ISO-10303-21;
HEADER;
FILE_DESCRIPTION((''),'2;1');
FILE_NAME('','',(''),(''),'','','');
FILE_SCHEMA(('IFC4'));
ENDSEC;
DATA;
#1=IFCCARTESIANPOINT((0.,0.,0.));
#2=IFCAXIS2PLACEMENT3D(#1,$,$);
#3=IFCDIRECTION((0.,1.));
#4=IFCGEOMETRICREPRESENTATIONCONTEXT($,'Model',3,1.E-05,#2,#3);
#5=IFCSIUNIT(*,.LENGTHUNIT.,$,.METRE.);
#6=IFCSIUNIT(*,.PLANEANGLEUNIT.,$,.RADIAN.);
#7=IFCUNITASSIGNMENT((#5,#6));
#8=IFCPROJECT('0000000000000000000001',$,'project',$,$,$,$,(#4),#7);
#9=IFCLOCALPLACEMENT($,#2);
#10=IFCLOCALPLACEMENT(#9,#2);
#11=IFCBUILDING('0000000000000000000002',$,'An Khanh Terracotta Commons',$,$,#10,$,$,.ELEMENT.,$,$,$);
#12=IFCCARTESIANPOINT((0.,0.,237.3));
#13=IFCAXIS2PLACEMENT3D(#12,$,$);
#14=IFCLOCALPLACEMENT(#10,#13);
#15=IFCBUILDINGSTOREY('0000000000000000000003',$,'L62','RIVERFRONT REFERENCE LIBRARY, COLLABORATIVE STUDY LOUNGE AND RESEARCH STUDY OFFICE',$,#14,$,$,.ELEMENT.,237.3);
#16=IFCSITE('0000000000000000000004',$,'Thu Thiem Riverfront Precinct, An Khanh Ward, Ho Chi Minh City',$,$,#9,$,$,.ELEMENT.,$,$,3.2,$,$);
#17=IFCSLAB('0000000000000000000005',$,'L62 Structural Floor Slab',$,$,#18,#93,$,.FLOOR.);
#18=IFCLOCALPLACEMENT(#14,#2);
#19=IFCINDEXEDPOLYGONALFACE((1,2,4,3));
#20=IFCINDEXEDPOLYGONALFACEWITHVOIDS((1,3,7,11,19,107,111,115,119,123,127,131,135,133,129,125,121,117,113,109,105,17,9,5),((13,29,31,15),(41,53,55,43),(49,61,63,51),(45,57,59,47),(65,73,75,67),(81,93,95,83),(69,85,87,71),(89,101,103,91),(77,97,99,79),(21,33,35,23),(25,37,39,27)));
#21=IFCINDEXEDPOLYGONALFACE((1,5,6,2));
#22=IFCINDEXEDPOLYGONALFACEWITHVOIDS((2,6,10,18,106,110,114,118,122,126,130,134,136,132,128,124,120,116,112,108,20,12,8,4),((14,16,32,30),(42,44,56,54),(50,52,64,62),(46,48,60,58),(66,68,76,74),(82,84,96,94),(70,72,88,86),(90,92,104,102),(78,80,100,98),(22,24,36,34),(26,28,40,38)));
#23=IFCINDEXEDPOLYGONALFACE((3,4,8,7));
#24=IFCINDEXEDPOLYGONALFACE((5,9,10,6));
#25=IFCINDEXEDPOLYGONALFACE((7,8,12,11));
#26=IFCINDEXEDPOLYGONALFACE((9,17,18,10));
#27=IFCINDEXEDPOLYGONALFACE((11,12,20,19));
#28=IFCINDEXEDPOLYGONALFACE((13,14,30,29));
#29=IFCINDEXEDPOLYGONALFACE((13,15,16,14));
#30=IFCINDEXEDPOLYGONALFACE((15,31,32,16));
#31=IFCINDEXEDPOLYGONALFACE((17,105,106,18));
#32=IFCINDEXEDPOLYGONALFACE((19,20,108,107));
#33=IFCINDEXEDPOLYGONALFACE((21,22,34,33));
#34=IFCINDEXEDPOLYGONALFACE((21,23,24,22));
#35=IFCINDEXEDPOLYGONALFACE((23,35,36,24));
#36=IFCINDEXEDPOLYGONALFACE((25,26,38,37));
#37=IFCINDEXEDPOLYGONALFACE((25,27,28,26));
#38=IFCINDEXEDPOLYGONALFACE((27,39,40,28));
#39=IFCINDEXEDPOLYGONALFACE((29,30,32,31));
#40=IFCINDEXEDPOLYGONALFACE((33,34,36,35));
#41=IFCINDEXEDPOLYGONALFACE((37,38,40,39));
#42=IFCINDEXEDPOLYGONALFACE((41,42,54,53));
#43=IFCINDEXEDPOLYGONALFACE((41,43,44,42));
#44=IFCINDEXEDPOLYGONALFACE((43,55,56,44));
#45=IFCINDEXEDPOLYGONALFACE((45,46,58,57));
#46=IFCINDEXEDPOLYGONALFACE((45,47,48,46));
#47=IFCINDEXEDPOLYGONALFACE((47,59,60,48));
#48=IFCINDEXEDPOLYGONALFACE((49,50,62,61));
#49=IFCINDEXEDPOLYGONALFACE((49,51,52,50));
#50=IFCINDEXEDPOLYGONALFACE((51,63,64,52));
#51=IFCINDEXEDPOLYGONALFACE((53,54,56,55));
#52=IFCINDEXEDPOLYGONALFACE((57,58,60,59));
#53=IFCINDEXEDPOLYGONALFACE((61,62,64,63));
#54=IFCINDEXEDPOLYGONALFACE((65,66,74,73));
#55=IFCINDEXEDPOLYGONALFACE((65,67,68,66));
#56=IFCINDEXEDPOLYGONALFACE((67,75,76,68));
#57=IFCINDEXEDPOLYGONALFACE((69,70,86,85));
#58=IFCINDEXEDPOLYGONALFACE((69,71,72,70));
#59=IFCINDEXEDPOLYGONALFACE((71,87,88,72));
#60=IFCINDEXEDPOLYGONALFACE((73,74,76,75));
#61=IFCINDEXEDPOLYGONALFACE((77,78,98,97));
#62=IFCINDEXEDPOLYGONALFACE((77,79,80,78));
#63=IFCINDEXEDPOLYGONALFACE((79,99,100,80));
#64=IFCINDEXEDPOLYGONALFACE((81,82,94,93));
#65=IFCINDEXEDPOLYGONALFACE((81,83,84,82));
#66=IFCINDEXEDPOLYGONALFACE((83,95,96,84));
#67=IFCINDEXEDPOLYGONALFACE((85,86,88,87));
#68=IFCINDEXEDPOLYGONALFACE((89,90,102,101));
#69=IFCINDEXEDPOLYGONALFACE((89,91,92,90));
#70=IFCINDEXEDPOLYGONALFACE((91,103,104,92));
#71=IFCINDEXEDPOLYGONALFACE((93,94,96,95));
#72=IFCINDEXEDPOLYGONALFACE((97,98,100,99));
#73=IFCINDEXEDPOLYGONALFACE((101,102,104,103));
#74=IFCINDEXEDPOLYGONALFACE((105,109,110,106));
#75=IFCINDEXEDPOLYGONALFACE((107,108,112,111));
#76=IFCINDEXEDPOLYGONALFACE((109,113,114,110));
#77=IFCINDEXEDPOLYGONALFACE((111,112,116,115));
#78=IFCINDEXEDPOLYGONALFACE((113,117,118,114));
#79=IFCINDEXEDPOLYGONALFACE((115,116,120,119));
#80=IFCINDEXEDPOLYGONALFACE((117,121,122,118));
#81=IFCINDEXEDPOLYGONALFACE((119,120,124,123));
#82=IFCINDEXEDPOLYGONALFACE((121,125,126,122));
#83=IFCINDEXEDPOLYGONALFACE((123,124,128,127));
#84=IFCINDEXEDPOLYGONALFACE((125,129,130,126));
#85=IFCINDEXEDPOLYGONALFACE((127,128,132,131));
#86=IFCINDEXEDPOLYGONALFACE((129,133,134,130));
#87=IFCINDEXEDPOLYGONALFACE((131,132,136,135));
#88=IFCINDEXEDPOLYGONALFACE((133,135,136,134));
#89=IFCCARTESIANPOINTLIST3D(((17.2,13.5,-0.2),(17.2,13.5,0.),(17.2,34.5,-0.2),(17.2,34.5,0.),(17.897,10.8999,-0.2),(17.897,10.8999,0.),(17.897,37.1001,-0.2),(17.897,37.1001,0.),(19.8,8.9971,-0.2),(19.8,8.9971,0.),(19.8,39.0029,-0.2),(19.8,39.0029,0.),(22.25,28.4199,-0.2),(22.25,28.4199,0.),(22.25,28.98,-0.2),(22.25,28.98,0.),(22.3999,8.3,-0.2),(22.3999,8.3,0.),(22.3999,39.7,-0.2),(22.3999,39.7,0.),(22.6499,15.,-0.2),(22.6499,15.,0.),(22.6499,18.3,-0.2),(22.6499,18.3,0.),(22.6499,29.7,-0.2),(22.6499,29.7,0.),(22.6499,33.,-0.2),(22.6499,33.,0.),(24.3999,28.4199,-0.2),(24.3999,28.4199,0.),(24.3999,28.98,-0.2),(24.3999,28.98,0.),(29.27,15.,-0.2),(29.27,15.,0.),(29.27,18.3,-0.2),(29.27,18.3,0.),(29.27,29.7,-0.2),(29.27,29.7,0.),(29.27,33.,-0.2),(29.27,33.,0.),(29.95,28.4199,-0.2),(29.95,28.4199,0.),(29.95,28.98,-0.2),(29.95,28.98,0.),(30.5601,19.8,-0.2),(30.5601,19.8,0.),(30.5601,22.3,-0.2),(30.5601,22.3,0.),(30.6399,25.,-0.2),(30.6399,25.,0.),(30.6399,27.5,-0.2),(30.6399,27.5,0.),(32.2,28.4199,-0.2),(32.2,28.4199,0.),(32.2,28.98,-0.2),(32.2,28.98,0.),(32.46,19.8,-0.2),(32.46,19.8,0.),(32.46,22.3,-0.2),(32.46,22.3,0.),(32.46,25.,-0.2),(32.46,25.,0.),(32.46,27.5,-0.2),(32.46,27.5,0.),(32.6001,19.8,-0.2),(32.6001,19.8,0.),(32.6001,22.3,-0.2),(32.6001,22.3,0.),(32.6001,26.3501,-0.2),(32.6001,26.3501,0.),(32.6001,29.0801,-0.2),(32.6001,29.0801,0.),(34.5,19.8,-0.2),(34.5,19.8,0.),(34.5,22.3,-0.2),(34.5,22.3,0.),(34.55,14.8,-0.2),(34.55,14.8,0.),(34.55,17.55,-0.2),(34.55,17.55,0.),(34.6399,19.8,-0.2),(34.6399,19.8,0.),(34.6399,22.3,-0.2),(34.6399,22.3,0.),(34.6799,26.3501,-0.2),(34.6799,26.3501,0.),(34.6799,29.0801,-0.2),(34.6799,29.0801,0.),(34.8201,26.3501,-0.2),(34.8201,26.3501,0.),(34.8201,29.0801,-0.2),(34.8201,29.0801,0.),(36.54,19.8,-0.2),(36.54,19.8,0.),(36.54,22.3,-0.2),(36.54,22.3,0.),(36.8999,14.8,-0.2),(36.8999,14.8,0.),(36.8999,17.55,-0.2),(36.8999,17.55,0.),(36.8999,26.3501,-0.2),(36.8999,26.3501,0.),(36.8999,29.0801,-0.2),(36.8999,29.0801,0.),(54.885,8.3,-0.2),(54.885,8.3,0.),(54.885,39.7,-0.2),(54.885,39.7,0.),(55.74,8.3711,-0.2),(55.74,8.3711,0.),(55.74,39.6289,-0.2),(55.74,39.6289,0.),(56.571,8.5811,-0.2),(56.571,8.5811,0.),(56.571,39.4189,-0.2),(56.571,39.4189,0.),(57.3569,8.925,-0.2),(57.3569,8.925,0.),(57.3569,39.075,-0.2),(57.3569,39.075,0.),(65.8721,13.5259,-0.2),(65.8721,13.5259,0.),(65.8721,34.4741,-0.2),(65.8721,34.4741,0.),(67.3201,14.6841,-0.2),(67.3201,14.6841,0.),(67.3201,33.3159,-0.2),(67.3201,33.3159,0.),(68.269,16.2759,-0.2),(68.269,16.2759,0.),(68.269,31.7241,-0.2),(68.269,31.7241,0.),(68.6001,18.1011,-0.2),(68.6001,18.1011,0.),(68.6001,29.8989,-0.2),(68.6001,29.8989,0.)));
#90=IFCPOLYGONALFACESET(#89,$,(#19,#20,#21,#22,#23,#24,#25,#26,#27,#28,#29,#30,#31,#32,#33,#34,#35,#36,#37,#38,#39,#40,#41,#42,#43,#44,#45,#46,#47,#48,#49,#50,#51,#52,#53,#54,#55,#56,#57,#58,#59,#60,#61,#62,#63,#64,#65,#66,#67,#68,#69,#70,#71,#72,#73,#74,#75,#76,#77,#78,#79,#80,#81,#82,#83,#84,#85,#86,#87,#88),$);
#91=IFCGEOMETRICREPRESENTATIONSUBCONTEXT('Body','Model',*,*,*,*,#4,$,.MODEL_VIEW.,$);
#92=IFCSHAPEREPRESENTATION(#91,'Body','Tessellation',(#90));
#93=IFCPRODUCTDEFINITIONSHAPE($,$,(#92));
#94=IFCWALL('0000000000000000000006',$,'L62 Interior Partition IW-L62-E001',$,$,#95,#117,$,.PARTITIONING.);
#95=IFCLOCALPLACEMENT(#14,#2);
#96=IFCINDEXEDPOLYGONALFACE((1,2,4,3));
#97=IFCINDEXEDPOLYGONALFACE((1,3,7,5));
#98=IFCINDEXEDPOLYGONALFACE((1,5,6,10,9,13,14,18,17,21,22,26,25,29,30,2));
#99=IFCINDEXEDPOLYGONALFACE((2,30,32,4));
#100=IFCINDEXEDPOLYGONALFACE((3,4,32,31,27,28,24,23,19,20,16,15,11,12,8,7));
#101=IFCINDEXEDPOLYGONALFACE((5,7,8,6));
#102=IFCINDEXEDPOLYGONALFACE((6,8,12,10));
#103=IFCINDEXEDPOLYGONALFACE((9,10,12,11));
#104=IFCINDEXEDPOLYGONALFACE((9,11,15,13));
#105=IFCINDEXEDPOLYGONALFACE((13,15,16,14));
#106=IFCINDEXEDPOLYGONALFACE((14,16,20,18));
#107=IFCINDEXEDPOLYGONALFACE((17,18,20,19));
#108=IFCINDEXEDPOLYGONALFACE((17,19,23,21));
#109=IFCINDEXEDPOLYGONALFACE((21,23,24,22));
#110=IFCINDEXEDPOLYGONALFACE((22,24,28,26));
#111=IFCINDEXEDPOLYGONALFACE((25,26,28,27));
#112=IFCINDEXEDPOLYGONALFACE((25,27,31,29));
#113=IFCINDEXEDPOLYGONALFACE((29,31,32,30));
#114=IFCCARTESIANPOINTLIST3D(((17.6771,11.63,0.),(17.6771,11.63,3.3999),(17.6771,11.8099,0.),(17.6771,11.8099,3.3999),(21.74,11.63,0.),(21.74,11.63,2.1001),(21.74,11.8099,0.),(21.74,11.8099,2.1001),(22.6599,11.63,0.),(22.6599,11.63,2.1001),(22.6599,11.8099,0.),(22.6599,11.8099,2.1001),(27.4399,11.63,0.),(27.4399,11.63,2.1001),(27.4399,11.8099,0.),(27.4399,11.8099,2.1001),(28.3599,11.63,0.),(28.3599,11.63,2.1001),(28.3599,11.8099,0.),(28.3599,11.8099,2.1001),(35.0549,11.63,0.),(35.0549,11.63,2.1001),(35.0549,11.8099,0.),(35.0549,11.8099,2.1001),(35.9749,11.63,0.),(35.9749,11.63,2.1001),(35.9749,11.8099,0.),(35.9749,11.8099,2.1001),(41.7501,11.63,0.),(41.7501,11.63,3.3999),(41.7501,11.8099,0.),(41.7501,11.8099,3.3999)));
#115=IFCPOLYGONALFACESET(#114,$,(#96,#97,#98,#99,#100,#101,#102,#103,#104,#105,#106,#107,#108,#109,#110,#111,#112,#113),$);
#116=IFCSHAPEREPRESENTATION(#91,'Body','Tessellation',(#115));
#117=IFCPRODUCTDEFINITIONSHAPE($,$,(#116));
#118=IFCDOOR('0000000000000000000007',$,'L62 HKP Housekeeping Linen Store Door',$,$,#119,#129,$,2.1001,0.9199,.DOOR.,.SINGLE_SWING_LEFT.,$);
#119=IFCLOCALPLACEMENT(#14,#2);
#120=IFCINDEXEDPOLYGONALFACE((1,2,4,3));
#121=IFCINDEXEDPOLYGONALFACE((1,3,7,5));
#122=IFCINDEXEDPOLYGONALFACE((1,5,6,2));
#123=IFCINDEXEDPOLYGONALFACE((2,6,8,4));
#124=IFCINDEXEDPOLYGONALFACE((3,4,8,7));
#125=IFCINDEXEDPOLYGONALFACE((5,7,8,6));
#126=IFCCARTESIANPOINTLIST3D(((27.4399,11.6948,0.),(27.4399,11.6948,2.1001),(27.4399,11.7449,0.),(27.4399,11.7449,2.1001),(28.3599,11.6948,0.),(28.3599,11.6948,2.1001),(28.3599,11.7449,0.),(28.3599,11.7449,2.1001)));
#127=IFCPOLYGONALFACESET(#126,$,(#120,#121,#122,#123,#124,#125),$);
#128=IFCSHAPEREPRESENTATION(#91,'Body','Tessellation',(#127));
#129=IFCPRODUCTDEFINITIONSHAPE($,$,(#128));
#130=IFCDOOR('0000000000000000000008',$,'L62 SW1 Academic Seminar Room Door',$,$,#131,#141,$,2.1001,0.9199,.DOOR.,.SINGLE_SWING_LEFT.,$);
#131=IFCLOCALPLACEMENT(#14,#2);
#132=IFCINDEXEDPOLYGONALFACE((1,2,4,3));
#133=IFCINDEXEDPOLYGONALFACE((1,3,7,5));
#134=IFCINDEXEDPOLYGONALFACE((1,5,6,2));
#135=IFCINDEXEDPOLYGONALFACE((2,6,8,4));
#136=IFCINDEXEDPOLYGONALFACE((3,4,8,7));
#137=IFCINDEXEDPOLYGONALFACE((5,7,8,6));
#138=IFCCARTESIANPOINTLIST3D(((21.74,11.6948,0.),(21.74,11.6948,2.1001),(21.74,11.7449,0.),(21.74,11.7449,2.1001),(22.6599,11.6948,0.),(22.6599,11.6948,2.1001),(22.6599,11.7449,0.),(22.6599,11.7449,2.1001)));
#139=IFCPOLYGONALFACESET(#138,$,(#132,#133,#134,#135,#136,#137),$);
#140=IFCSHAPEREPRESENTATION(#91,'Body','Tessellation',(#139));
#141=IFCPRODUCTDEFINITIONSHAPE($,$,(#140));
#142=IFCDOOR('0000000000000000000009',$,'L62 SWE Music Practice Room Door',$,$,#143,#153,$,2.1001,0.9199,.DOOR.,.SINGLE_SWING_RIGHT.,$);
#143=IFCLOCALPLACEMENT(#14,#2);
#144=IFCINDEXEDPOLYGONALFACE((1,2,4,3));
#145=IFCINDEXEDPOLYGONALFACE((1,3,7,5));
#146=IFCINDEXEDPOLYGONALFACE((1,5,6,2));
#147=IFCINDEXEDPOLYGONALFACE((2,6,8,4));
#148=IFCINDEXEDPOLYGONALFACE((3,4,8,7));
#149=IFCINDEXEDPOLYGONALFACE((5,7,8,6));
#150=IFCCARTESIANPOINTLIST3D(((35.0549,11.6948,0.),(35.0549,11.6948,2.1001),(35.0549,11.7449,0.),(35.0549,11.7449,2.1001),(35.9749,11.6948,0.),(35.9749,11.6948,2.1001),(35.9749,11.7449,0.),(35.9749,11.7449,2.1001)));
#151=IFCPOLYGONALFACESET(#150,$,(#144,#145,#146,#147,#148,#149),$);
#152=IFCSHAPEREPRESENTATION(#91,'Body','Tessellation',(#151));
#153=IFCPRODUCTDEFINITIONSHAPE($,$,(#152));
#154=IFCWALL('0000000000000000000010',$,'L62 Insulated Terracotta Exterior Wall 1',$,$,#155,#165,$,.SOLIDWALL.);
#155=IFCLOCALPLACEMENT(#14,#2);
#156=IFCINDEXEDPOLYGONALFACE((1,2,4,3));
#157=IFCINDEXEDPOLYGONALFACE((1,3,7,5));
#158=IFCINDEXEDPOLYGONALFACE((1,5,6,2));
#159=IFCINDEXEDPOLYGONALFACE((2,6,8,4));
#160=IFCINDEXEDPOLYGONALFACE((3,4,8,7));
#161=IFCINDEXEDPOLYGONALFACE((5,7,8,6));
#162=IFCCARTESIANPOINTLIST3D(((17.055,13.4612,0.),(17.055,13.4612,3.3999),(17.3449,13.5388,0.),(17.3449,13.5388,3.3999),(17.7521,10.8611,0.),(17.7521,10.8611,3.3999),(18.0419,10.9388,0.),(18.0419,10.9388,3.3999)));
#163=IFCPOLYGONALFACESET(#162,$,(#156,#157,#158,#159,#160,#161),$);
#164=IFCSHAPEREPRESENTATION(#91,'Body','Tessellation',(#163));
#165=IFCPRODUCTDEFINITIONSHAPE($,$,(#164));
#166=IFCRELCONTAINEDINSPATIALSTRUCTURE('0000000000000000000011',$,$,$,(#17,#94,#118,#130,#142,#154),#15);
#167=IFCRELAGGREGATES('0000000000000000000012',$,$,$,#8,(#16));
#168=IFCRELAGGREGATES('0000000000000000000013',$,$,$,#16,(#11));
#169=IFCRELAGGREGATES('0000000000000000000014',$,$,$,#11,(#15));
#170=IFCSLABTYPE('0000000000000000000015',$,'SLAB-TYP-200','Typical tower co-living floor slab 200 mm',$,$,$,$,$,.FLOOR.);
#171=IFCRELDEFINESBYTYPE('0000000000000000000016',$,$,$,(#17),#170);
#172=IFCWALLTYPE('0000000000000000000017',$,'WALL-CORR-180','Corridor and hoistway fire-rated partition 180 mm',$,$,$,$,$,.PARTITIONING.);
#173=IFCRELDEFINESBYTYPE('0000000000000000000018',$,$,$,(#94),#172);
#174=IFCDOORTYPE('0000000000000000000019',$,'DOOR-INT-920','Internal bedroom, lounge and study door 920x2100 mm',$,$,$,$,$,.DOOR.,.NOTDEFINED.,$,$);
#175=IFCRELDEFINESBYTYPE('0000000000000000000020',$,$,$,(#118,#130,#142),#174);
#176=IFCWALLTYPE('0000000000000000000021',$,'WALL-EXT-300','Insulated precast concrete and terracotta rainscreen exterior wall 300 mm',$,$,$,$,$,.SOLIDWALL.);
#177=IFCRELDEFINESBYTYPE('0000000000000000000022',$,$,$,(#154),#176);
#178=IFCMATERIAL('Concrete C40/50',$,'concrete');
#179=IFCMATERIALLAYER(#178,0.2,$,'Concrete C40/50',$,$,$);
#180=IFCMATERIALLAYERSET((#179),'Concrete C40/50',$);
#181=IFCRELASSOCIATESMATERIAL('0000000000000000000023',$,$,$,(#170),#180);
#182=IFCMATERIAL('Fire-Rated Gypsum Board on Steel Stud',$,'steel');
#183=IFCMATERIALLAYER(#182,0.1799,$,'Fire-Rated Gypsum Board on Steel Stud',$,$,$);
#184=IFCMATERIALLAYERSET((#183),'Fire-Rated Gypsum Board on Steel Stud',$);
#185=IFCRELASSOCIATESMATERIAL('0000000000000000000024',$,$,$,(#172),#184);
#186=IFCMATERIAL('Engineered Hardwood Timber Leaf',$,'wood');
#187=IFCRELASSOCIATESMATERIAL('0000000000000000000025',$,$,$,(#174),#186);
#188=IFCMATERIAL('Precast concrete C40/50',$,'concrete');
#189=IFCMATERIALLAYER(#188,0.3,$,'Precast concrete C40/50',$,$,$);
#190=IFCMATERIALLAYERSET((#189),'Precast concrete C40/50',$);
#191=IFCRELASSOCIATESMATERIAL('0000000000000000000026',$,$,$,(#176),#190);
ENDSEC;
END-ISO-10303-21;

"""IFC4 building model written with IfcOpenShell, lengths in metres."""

from ifc_helpers import new_model, si_unit, direction, frame, frame_2d, origin, place, context, subcontext, project, spatial, polyline, rectangle, outline, extrude, material, layer, layer_set, type_object, element, fill, save


model = new_model("IFC4")

# Units and contexts
model_context = context("Model", 3, precision=1e-05, world=origin(), true_north=direction((0.0, 1.0)))
body_context = subcontext(model_context, "Body", "Model", "MODEL_VIEW")
ifc_project = project(units=[si_unit("LENGTHUNIT", "METRE"), si_unit("PLANEANGLEUNIT", "RADIAN")], contexts=[model_context])

# Site, building, storey
site_placement = place(None, origin())
site = spatial("IfcSite", under=ifc_project, at=site_placement, Name="Thu Thiem Riverfront Precinct, An Khanh Ward, Ho Chi Minh City", CompositionType="ELEMENT", RefElevation=3.2)
building_placement = place(site_placement, origin())
building = spatial("IfcBuilding", under=site, at=building_placement, Name="An Khanh Terracotta Commons", CompositionType="ELEMENT")
storey_placement = place(building_placement, frame((0.0, 0.0, 237.3)))
storey = spatial("IfcBuildingStorey", under=building, at=storey_placement, Name="L62", Description="RIVERFRONT REFERENCE LIBRARY, COLLABORATIVE STUDY LOUNGE AND RESEARCH STUDY OFFICE", CompositionType="ELEMENT", Elevation=237.3)

# Shared definitions
ifc_material_1 = material(Name="Concrete C40/50", Category="concrete")

# Shared definitions
ifc_material_2 = material(Name="Precast concrete C40/50", Category="concrete")

# Slab
ifc_layer_1 = layer(ifc_material_1, 0.2, Name="Concrete C40/50")
ifc_layer_set_1 = layer_set([ifc_layer_1], Name="Concrete C40/50")
slab_type_1 = type_object("IfcSlabType", Name="SLAB-TYP-200", Description="Typical tower co-living floor slab 200 mm", PredefinedType="FLOOR", material=ifc_layer_set_1)
slab_1_placement = place(storey_placement, frame((0.0, 0.0, -0.2)))
element("IfcSlab", 1, at=slab_1_placement, inside=storey, type_object=slab_type_1, Name="L62 Structural Floor Slab", PredefinedType="FLOOR", context=body_context, shape_type="SweptSolid", body=[
    extrude(outline(polyline([(17.2, 13.5), (17.897, 10.8999), (19.8, 8.9971), (22.3999, 8.3), (54.885, 8.3), (55.74, 8.3711), (56.571, 8.5811), (57.3569, 8.925), (65.8721, 13.5259), (67.3201, 14.6841), (68.269, 16.2759), (68.6001, 18.1011), (68.6001, 29.8989), (68.269, 31.7241), (67.3201, 33.3159), (65.8721, 34.4741), (57.3569, 39.075), (56.571, 39.4189), (55.74, 39.6289), (54.885, 39.7), (22.3999, 39.7), (19.8, 39.0029), (17.897, 37.1001), (17.2, 34.5), (17.2, 13.5)]), holes=[polyline([(22.6499, 29.7), (29.27, 29.7), (29.27, 33.0), (22.6499, 33.0), (22.6499, 29.7)]), polyline([(22.6499, 15.0), (29.27, 15.0), (29.27, 18.3), (22.6499, 18.3), (22.6499, 15.0)]), polyline([(32.6001, 26.3501), (34.6799, 26.3501), (34.6799, 29.0801), (32.6001, 29.0801), (32.6001, 26.3501)]), polyline([(34.8201, 26.3501), (36.8999, 26.3501), (36.8999, 29.0801), (34.8201, 29.0801), (34.8201, 26.3501)]), polyline([(34.55, 14.8), (36.8999, 14.8), (36.8999, 17.55), (34.55, 17.55), (34.55, 14.8)]), polyline([(30.6399, 25.0), (32.46, 25.0), (32.46, 27.5), (30.6399, 27.5), (30.6399, 25.0)]), polyline([(30.5601, 19.8), (32.46, 19.8), (32.46, 22.3), (30.5601, 22.3), (30.5601, 19.8)]), polyline([(32.6001, 19.8), (34.5, 19.8), (34.5, 22.3), (32.6001, 22.3), (32.6001, 19.8)]), polyline([(34.6399, 19.8), (36.54, 19.8), (36.54, 22.3), (34.6399, 22.3), (34.6399, 19.8)]), polyline([(22.25, 28.4199), (24.3999, 28.4199), (24.3999, 28.98), (22.25, 28.98), (22.25, 28.4199)]), polyline([(29.95, 28.4199), (32.2, 28.4199), (32.2, 28.98), (29.95, 28.98), (29.95, 28.4199)])]), origin(), (0.0, 0.0, 1.0), 0.2),
])

# Wall, openings, doors
ifc_material_3 = material(Name="Fire-Rated Gypsum Board on Steel Stud", Category="steel")
ifc_layer_2 = layer(ifc_material_3, 0.1799, Name="Fire-Rated Gypsum Board on Steel Stud")
ifc_layer_set_2 = layer_set([ifc_layer_2], Name="Fire-Rated Gypsum Board on Steel Stud")
wall_type_1 = type_object("IfcWallType", Name="WALL-CORR-180", Description="Corridor and hoistway fire-rated partition 180 mm", PredefinedType="PARTITIONING", material=ifc_layer_set_2)
wall_1_placement = place(storey_placement, frame((17.677, 11.72, 0.0), z_axis=(0.0, 0.0, 1.0), x_axis=(1.0, 0.0, 0.0)))
wall_1 = element("IfcWall", 2, at=wall_1_placement, inside=storey, type_object=wall_type_1, Name="L62 Interior Partition IW-L62-E001", PredefinedType="PARTITIONING", context=body_context, shape_type="SweptSolid", body=[
    extrude(rectangle(XDim=24.073, YDim=0.1799, at=frame_2d((12.0366, 0.0))), origin(), (0.0, 0.0, 1.0), 3.3999),
])
opening_1_placement = place(wall_1_placement, frame((9.7629, 0.0, 0.0)))
opening_1 = element("IfcOpeningElement", 3, at=opening_1_placement, cuts=wall_1, PredefinedType="OPENING", context=body_context, shape_type="SweptSolid", body=[
    extrude(rectangle(XDim=0.9199, YDim=2.1001, at=frame_2d((0.46, 1.05))), frame((0.0, 0.0999, 0.0), z_axis=(0.0, -1.0, 0.0), x_axis=(1.0, 0.0, 0.0)), (0.0, 0.0, 1.0), 0.2),
])
opening_2_placement = place(wall_1_placement, frame((4.063, 0.0, 0.0)))
opening_2 = element("IfcOpeningElement", 4, at=opening_2_placement, cuts=wall_1, PredefinedType="OPENING", context=body_context, shape_type="SweptSolid", body=[
    extrude(rectangle(XDim=0.9199, YDim=2.1001, at=frame_2d((0.46, 1.05))), frame((0.0, 0.0999, 0.0), z_axis=(0.0, -1.0, 0.0), x_axis=(1.0, 0.0, 0.0)), (0.0, 0.0, 1.0), 0.2),
])
opening_3_placement = place(wall_1_placement, frame((17.3779, 0.0, 0.0)))
opening_3 = element("IfcOpeningElement", 5, at=opening_3_placement, cuts=wall_1, PredefinedType="OPENING", context=body_context, shape_type="SweptSolid", body=[
    extrude(rectangle(XDim=0.9199, YDim=2.1001, at=frame_2d((0.46, 1.05))), frame((0.0, 0.0999, 0.0), z_axis=(0.0, -1.0, 0.0), x_axis=(1.0, 0.0, 0.0)), (0.0, 0.0, 1.0), 0.2),
])
ifc_material_4 = material(Name="Engineered Hardwood Timber Leaf", Category="wood")
door_type = type_object("IfcDoorType", Name="DOOR-INT-920", Description="Internal bedroom, lounge and study door 920x2100 mm", OperationType="NOTDEFINED", PredefinedType="DOOR", material=ifc_material_4)
door_1_placement = place(opening_1_placement, origin())
door_1 = element("IfcDoor", 6, at=door_1_placement, inside=storey, type_object=door_type, Name="L62 HKP Housekeeping Linen Store Door", OperationType="SINGLE_SWING_LEFT", OverallHeight=2.1001, OverallWidth=0.9199, PredefinedType="DOOR", context=body_context, shape_type="SweptSolid", body=[
    extrude(rectangle(XDim=0.9199, YDim=2.1001, at=frame_2d((0.46, 1.05))), frame((0.0, 0.0249, 0.0), z_axis=(0.0, -1.0, 0.0), x_axis=(1.0, 0.0, 0.0)), (0.0, 0.0, 1.0), 0.05),
])
fill(opening_1, door_1)
door_2_placement = place(opening_2_placement, origin())
door_2 = element("IfcDoor", 7, at=door_2_placement, inside=storey, type_object=door_type, Name="L62 SW1 Academic Seminar Room Door", OperationType="SINGLE_SWING_LEFT", OverallHeight=2.1001, OverallWidth=0.9199, PredefinedType="DOOR", context=body_context, shape_type="SweptSolid", body=[
    extrude(rectangle(XDim=0.9199, YDim=2.1001, at=frame_2d((0.46, 1.05))), frame((0.0, 0.0249, 0.0), z_axis=(0.0, -1.0, 0.0), x_axis=(1.0, 0.0, 0.0)), (0.0, 0.0, 1.0), 0.05),
])
fill(opening_2, door_2)
door_3_placement = place(opening_3_placement, origin())
door_3 = element("IfcDoor", 8, at=door_3_placement, inside=storey, type_object=door_type, Name="L62 SWE Music Practice Room Door", OperationType="SINGLE_SWING_RIGHT", OverallHeight=2.1001, OverallWidth=0.9199, PredefinedType="DOOR", context=body_context, shape_type="SweptSolid", body=[
    extrude(rectangle(XDim=0.9199, YDim=2.1001, at=frame_2d((0.46, 1.05))), frame((0.0, 0.0249, 0.0), z_axis=(0.0, -1.0, 0.0), x_axis=(1.0, 0.0, 0.0)), (0.0, 0.0, 1.0), 0.05),
])
fill(opening_3, door_3)

# Wall
ifc_layer_3 = layer(ifc_material_2, 0.3, Name="Precast concrete C40/50")
ifc_layer_set_3 = layer_set([ifc_layer_3], Name="Precast concrete C40/50")
wall_type_2 = type_object("IfcWallType", Name="WALL-EXT-300", Description="Insulated precast concrete and terracotta rainscreen exterior wall 300 mm", PredefinedType="SOLIDWALL", material=ifc_layer_set_3)
wall_2_placement = place(storey_placement, frame((17.2, 13.5, 0.0), z_axis=(0.0, 0.0, 1.0), x_axis=(0.258933, -0.965895, 0.0)))
element("IfcWall", 9, at=wall_2_placement, inside=storey, type_object=wall_type_2, Name="L62 Insulated Terracotta Exterior Wall 1", PredefinedType="SOLIDWALL", context=body_context, shape_type="SweptSolid", body=[
    extrude(rectangle(XDim=2.6919, YDim=0.3, at=frame_2d((1.3459, 0.0))), origin(), (0.0, 0.0, 1.0), 3.3999),
])

save(model, "model.ifc")
